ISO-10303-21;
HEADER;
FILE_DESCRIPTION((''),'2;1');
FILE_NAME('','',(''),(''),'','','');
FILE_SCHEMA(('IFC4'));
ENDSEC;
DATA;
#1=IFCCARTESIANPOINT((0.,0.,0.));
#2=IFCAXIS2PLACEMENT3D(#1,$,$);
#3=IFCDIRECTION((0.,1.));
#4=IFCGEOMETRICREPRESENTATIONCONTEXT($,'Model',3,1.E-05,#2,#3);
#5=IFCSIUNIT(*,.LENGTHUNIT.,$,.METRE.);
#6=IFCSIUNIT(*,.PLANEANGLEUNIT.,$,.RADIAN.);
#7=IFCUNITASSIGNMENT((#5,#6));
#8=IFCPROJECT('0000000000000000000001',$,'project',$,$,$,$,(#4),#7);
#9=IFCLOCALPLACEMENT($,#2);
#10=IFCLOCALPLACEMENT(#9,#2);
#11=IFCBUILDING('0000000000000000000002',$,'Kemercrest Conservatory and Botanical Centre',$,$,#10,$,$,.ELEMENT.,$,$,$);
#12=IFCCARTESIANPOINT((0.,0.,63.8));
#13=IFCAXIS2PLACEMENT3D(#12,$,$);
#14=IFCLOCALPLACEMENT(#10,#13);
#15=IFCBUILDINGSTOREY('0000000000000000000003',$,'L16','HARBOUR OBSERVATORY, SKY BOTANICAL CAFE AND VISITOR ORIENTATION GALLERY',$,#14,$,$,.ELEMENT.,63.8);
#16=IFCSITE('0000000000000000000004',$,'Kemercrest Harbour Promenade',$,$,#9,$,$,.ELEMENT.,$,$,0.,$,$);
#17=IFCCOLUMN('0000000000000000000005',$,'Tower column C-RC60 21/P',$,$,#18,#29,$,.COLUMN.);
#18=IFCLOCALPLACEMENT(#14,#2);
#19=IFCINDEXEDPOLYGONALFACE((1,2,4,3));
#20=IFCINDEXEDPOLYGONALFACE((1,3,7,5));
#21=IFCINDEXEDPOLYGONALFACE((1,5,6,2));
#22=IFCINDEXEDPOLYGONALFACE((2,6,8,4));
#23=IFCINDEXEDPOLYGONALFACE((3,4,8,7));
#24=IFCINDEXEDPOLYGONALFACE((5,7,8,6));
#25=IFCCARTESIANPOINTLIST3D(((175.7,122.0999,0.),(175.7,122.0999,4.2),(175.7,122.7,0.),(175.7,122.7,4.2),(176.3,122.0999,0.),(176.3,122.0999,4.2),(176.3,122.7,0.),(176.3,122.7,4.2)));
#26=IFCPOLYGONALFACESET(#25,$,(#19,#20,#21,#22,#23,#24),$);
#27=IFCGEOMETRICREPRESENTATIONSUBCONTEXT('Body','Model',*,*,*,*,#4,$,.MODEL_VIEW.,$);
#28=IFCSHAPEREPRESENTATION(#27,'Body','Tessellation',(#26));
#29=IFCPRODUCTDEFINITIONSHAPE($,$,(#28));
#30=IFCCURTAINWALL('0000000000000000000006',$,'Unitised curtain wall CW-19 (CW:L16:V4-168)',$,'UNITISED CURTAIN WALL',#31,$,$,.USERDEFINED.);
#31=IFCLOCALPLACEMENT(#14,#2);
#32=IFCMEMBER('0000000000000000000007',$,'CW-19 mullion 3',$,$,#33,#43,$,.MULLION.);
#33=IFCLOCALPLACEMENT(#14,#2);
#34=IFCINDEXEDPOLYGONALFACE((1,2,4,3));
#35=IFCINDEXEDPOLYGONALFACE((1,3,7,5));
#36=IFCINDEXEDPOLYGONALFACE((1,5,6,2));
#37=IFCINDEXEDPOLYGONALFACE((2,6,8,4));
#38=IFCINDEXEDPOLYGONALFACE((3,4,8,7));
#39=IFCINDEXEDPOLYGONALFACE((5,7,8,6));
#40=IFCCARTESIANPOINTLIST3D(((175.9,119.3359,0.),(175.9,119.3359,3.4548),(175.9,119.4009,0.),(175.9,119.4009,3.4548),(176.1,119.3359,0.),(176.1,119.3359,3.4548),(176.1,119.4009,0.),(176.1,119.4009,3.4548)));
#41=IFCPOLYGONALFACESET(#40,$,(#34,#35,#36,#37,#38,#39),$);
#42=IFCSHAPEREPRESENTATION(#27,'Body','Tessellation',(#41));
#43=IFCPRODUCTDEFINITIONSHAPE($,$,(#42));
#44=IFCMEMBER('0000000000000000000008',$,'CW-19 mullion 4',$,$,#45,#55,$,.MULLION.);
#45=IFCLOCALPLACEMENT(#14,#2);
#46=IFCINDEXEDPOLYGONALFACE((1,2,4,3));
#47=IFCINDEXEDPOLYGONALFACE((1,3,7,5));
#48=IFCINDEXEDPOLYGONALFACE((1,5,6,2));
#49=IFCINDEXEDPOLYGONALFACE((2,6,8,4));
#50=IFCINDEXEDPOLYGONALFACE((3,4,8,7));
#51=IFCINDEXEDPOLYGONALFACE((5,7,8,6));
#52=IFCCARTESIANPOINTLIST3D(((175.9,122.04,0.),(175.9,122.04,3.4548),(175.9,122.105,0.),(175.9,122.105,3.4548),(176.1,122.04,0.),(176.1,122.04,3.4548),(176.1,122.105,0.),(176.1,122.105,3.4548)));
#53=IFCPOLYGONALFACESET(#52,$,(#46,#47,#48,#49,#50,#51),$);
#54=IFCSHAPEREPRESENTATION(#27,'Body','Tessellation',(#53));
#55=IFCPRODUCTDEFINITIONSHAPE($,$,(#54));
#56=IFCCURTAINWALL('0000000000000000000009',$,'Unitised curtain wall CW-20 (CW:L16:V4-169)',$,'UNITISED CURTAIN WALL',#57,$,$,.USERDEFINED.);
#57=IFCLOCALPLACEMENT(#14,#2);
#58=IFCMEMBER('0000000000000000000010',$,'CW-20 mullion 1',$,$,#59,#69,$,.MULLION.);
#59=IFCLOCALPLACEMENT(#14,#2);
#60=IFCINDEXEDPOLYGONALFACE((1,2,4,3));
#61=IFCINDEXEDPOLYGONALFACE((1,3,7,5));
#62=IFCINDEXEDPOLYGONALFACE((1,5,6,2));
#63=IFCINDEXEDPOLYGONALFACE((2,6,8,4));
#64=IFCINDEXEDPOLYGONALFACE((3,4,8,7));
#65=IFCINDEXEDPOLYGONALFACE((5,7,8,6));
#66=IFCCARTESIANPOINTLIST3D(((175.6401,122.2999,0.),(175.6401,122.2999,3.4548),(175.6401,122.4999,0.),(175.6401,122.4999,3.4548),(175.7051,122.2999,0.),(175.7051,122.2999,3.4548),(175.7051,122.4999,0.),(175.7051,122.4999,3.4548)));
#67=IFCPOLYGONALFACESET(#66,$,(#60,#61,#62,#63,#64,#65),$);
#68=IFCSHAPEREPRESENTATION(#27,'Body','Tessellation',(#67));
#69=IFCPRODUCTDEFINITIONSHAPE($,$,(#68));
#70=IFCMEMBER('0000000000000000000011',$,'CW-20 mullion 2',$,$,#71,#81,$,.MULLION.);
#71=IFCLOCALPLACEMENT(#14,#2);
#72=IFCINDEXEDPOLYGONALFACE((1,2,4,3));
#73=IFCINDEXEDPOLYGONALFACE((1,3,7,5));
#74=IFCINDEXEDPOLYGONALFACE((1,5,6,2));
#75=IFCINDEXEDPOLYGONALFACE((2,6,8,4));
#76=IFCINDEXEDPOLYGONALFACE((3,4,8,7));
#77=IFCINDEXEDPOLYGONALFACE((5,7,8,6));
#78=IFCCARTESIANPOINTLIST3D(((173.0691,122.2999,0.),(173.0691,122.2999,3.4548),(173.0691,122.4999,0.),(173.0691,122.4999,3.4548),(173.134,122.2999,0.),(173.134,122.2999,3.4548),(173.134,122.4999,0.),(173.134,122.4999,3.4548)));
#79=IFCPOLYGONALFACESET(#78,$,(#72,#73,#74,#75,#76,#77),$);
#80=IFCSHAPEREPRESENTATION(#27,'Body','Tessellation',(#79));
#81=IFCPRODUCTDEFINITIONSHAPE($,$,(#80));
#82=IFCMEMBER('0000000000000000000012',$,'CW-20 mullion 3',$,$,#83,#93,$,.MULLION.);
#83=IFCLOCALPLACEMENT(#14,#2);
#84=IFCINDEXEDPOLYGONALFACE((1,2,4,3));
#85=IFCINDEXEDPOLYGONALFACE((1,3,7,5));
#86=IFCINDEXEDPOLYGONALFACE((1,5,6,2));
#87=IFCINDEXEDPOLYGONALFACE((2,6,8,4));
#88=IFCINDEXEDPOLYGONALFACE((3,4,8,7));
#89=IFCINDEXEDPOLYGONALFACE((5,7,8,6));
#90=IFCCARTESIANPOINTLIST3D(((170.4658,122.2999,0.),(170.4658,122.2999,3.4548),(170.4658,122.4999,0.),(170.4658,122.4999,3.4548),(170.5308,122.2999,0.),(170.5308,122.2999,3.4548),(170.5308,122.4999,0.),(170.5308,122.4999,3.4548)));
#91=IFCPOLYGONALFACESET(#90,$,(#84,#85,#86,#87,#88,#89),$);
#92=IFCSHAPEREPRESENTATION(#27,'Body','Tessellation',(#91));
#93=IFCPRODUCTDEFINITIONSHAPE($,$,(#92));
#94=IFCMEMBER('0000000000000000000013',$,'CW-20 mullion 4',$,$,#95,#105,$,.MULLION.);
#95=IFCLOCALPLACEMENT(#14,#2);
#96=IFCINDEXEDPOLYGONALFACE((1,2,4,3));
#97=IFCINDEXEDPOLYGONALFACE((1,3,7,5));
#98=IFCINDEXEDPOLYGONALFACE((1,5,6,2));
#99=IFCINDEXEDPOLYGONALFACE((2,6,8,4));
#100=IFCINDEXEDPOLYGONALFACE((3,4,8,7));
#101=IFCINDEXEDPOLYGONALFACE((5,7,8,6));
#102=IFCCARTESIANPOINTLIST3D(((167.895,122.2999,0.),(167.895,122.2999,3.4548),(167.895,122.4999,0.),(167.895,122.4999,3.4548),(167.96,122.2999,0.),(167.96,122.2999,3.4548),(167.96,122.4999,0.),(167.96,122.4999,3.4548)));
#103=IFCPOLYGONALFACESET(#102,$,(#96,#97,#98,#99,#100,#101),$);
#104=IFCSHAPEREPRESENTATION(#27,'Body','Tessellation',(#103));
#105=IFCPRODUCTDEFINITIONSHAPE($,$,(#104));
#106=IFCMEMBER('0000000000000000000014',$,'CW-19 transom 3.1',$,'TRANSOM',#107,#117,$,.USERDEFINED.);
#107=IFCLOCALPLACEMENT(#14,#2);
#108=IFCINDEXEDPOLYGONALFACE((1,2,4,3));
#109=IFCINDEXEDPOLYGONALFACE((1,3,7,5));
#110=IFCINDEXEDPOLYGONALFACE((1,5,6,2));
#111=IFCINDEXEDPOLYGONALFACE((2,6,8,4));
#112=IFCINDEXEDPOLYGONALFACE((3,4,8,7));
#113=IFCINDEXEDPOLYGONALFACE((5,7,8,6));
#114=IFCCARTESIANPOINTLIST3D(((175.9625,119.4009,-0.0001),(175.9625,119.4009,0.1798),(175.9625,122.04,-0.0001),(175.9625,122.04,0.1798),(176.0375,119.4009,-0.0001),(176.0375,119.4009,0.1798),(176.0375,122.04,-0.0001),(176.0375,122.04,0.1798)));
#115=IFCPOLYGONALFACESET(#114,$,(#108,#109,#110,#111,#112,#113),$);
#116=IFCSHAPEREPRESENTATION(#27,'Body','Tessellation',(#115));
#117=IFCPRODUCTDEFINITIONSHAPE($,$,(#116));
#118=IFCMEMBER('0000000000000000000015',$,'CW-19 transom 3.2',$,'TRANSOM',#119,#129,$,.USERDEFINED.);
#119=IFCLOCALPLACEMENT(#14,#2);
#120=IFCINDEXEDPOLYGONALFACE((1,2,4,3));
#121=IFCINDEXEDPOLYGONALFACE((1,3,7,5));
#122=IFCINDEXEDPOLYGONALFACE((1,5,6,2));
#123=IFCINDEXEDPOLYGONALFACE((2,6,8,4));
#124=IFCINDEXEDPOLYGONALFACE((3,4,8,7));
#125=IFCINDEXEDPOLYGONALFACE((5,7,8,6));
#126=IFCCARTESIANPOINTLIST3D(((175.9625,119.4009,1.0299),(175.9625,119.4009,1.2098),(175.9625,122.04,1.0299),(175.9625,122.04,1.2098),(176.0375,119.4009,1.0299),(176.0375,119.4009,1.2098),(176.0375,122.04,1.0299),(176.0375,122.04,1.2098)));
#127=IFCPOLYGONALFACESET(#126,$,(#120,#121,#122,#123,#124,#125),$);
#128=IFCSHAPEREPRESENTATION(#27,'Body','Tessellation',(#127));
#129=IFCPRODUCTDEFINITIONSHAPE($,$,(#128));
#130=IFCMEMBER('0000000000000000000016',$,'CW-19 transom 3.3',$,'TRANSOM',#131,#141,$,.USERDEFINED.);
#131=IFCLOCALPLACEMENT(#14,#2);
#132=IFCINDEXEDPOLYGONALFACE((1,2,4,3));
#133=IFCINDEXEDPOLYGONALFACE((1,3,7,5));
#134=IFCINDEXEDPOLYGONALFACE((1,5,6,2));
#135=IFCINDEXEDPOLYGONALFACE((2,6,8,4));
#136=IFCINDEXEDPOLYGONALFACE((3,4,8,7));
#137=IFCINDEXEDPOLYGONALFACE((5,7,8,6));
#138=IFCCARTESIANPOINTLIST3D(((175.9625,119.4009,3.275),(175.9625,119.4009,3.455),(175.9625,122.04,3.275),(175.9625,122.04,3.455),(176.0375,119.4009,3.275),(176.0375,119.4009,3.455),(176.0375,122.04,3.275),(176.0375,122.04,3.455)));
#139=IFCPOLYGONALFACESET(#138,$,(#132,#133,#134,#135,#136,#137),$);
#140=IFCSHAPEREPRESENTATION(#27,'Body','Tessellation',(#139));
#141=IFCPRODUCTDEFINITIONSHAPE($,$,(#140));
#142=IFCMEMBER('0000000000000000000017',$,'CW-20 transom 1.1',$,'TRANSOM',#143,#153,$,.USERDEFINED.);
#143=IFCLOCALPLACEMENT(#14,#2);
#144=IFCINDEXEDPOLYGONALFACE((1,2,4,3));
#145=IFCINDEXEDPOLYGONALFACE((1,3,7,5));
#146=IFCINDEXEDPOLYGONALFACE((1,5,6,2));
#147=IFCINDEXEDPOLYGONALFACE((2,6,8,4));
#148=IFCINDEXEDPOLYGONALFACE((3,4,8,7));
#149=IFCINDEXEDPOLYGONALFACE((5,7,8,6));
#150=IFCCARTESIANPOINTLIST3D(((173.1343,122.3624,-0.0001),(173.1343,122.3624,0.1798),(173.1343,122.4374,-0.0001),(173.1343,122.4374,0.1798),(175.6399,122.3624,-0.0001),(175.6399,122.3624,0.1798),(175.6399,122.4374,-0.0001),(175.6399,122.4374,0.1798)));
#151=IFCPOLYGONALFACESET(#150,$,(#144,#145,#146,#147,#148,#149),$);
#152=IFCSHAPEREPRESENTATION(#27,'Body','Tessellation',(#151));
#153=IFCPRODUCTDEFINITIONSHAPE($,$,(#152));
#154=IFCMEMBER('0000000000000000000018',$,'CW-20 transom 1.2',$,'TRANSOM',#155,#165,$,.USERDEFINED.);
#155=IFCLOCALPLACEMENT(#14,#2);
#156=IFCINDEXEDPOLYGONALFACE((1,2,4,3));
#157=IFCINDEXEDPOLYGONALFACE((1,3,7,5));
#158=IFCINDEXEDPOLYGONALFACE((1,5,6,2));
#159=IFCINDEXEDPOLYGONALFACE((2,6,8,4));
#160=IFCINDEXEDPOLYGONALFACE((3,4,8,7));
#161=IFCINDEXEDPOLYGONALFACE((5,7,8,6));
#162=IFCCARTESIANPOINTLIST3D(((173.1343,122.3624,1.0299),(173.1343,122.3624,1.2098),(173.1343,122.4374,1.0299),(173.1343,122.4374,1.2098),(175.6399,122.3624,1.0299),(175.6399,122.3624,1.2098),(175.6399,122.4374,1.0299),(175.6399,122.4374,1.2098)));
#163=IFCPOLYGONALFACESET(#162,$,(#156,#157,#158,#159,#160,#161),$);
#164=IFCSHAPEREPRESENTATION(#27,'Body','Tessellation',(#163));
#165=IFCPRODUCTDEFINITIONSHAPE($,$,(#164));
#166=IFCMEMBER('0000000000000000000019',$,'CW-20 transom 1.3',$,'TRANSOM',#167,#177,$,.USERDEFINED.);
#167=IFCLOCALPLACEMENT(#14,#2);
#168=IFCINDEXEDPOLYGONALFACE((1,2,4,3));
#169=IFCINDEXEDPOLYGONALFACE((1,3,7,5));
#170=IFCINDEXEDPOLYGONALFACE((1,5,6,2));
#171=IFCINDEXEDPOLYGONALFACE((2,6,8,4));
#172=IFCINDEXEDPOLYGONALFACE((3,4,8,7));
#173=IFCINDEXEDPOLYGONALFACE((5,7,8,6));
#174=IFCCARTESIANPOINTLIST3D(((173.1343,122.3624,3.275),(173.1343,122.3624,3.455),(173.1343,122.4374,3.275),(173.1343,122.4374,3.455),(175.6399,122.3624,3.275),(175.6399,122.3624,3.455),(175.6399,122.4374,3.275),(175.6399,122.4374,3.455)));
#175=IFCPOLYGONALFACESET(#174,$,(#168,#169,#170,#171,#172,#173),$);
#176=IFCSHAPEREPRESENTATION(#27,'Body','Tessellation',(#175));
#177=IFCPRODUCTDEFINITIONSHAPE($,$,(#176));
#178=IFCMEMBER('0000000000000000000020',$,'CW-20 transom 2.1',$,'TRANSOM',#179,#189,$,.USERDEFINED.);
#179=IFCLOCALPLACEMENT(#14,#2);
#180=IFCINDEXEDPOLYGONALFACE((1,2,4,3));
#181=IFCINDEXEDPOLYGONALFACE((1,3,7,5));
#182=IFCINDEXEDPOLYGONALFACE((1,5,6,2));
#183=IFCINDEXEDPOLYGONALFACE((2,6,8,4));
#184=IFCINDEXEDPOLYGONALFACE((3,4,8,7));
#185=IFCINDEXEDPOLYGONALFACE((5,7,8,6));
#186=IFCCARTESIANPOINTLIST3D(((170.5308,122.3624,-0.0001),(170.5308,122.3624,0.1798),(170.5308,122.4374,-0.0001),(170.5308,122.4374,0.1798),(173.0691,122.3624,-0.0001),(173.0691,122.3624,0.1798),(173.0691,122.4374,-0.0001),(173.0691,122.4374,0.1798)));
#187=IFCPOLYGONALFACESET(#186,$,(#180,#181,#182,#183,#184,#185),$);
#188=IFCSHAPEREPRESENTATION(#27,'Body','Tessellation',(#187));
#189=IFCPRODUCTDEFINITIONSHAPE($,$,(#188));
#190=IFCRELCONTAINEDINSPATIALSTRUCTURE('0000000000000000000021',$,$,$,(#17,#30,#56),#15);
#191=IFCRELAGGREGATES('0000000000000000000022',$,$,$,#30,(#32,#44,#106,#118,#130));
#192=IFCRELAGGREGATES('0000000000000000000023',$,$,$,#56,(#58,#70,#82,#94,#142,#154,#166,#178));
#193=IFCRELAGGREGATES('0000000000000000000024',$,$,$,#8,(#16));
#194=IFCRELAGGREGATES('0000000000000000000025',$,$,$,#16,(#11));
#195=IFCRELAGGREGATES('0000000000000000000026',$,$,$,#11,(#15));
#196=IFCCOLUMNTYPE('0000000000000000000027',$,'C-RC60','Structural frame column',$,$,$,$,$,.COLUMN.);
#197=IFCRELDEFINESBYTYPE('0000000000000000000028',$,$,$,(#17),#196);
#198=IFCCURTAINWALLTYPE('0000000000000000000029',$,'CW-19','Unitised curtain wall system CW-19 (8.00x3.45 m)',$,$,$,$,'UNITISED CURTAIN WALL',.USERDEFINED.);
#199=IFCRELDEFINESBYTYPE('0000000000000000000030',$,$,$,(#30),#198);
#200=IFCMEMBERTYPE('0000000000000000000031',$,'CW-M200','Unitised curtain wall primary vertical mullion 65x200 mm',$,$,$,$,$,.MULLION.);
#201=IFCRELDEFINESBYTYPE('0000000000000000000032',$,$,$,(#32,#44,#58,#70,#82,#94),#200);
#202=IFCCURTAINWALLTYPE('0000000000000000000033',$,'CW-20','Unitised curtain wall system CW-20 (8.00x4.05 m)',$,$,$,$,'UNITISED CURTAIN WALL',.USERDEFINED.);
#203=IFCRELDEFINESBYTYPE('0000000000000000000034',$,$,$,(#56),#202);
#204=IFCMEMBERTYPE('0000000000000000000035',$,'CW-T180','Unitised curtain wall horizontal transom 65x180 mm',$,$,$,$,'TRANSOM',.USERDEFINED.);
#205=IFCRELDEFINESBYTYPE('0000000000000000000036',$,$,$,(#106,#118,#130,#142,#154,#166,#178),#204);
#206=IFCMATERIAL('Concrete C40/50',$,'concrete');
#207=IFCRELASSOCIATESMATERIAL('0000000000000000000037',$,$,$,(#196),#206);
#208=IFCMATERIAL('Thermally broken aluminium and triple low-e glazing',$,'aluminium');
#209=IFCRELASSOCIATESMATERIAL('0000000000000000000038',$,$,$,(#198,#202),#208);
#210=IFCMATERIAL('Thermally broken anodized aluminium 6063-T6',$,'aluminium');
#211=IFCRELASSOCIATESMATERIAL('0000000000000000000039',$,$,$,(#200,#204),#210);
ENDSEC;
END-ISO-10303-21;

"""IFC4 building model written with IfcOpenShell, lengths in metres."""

from ifc_helpers import new_model, si_unit, direction, frame, origin, origin_2d, place, context, subcontext, project, spatial, rectangle, extrude, material, material_profile, profile_set, type_object, element, aggregate, save


model = new_model("IFC4")

# Units and contexts
model_context = context("Model", 3, precision=1e-05, world=origin(), true_north=direction((0.0, 1.0)))
body_context = subcontext(model_context, "Body", "Model", "MODEL_VIEW")
ifc_project = project(units=[si_unit("LENGTHUNIT", "METRE"), si_unit("PLANEANGLEUNIT", "RADIAN")], contexts=[model_context])

# Site, building, storey
site_placement = place(None, origin())
site = spatial("IfcSite", under=ifc_project, at=site_placement, Name="Kemercrest Harbour Promenade", CompositionType="ELEMENT", RefElevation=0.0)
building_placement = place(site_placement, origin())
building = spatial("IfcBuilding", under=site, at=building_placement, Name="Kemercrest Conservatory and Botanical Centre", CompositionType="ELEMENT")
storey_placement = place(building_placement, frame((0.0, 0.0, 63.8)))
storey = spatial("IfcBuildingStorey", under=building, at=storey_placement, Name="L16", Description="HARBOUR OBSERVATORY, SKY BOTANICAL CAFE AND VISITOR ORIENTATION GALLERY", CompositionType="ELEMENT", Elevation=63.8)

# Column
ifc_material_1 = material(Name="Concrete C40/50", Category="concrete")
ifc_material_profile_1 = material_profile(ifc_material_1, rectangle(XDim=0.6001, YDim=0.6001, at=origin_2d()), Name="RC 600x600")
ifc_profile_set_1 = profile_set([ifc_material_profile_1], Name="Concrete C40/50")
column_type = type_object("IfcColumnType", Name="C-RC60", Description="Structural frame column", PredefinedType="COLUMN", material=ifc_profile_set_1)
column_placement = place(storey_placement, frame((176.0, 122.3999, 0.0), z_axis=(0.0, 0.0, 1.0), x_axis=(1.0, 0.0, 0.0)))
element("IfcColumn", 1, at=column_placement, inside=storey, type_object=column_type, Name="Tower column C-RC60 21/P", PredefinedType="COLUMN", context=body_context, shape_type="SweptSolid", body=[
    extrude(rectangle(XDim=0.6001, YDim=0.6001, at=origin_2d()), origin(), (0.0, 0.0, 1.0), 4.2),
])

# Curtain walls, members
ifc_material_2 = material(Name="Thermally broken aluminium and triple low-e glazing", Category="aluminium")
curtain_wall_type_1 = type_object("IfcCurtainWallType", Name="CW-19", Description="Unitised curtain wall system CW-19 (8.00x3.45 m)", ElementType="UNITISED CURTAIN WALL", PredefinedType="USERDEFINED", material=ifc_material_2)
curtain_wall_1_placement = place(storey_placement, origin())
curtain_wall_1 = element("IfcCurtainWall", 2, at=curtain_wall_1_placement, inside=storey, type_object=curtain_wall_type_1, Name="Unitised curtain wall CW-19 (CW:L16:V4-168)", ObjectType="UNITISED CURTAIN WALL", PredefinedType="USERDEFINED")
ifc_material_3 = material(Name="Thermally broken anodized aluminium 6063-T6", Category="aluminium")
ifc_material_profile_2 = material_profile(ifc_material_3, rectangle(XDim=0.2, YDim=0.0649, at=origin_2d()), Name="AL MULLION 65x200")
ifc_profile_set_2 = profile_set([ifc_material_profile_2], Name="Thermally broken anodized aluminium 6063-T6")
member_type_1 = type_object("IfcMemberType", Name="CW-M200", Description="Unitised curtain wall primary vertical mullion 65x200 mm", PredefinedType="MULLION", material=ifc_profile_set_2)
member_1_placement = place(storey_placement, frame((176.0, 119.3684, 0.0), z_axis=(0.0, 0.0, 1.0), x_axis=(-1.0, 0.0, 0.0)))
member_1 = element("IfcMember", 3, at=member_1_placement, type_object=member_type_1, Name="CW-19 mullion 3", PredefinedType="MULLION", context=body_context, shape_type="SweptSolid", body=[
    extrude(rectangle(XDim=0.2, YDim=0.0649, at=origin_2d()), origin(), (0.0, 0.0, 1.0), 3.4548),
])
member_2_placement = place(storey_placement, frame((176.0, 122.0725, 0.0), z_axis=(0.0, 0.0, 1.0), x_axis=(-1.0, 0.0, 0.0)))
member_2 = element("IfcMember", 4, at=member_2_placement, type_object=member_type_1, Name="CW-19 mullion 4", PredefinedType="MULLION", context=body_context, shape_type="SweptSolid", body=[
    extrude(rectangle(XDim=0.2, YDim=0.0649, at=origin_2d()), origin(), (0.0, 0.0, 1.0), 3.4548),
])
curtain_wall_type_2 = type_object("IfcCurtainWallType", Name="CW-20", Description="Unitised curtain wall system CW-20 (8.00x4.05 m)", ElementType="UNITISED CURTAIN WALL", PredefinedType="USERDEFINED", material=ifc_material_2)
curtain_wall_2_placement = place(storey_placement, origin())
curtain_wall_2 = element("IfcCurtainWall", 5, at=curtain_wall_2_placement, inside=storey, type_object=curtain_wall_type_2, Name="Unitised curtain wall CW-20 (CW:L16:V4-169)", ObjectType="UNITISED CURTAIN WALL", PredefinedType="USERDEFINED")
member_3_placement = place(storey_placement, frame((175.6726, 122.3999, 0.0), z_axis=(0.0, 0.0, 1.0), x_axis=(0.0, -1.0, 0.0)))
member_3 = element("IfcMember", 6, at=member_3_placement, type_object=member_type_1, Name="CW-20 mullion 1", PredefinedType="MULLION", context=body_context, shape_type="SweptSolid", body=[
    extrude(rectangle(XDim=0.2, YDim=0.0649, at=origin_2d()), origin(), (0.0, 0.0, 1.0), 3.4548),
])
member_4_placement = place(storey_placement, frame((173.1016, 122.3999, 0.0), z_axis=(0.0, 0.0, 1.0), x_axis=(0.0, -1.0, 0.0)))
member_4 = element("IfcMember", 7, at=member_4_placement, type_object=member_type_1, Name="CW-20 mullion 2", PredefinedType="MULLION", context=body_context, shape_type="SweptSolid", body=[
    extrude(rectangle(XDim=0.2, YDim=0.0649, at=origin_2d()), origin(), (0.0, 0.0, 1.0), 3.4548),
])
member_5_placement = place(storey_placement, frame((170.4983, 122.3999, 0.0), z_axis=(0.0, 0.0, 1.0), x_axis=(0.0, -1.0, 0.0)))
member_5 = element("IfcMember", 8, at=member_5_placement, type_object=member_type_1, Name="CW-20 mullion 3", PredefinedType="MULLION", context=body_context, shape_type="SweptSolid", body=[
    extrude(rectangle(XDim=0.2, YDim=0.0649, at=origin_2d()), origin(), (0.0, 0.0, 1.0), 3.4548),
])
member_6_placement = place(storey_placement, frame((167.9275, 122.3999, 0.0), z_axis=(0.0, 0.0, 1.0), x_axis=(0.0, -1.0, 0.0)))
member_6 = element("IfcMember", 9, at=member_6_placement, type_object=member_type_1, Name="CW-20 mullion 4", PredefinedType="MULLION", context=body_context, shape_type="SweptSolid", body=[
    extrude(rectangle(XDim=0.2, YDim=0.0649, at=origin_2d()), origin(), (0.0, 0.0, 1.0), 3.4548),
])

# Members
ifc_material_profile_3 = material_profile(ifc_material_3, rectangle(XDim=0.075, YDim=0.1799, at=origin_2d()), Name="AL TRANSOM 75x180")
ifc_profile_set_3 = profile_set([ifc_material_profile_3], Name="Thermally broken anodized aluminium 6063-T6")
member_type_2 = type_object("IfcMemberType", Name="CW-T180", Description="Unitised curtain wall horizontal transom 65x180 mm", ElementType="TRANSOM", PredefinedType="USERDEFINED", material=ifc_profile_set_3)
member_7_placement = place(storey_placement, frame((176.0, 119.4009, 0.0898), z_axis=(0.0, 1.0, 0.0), x_axis=(-1.0, 0.0, 0.0)))
member_7 = element("IfcMember", 10, at=member_7_placement, type_object=member_type_2, Name="CW-19 transom 3.1", ObjectType="TRANSOM", PredefinedType="USERDEFINED", context=body_context, shape_type="SweptSolid", body=[
    extrude(rectangle(XDim=0.075, YDim=0.1799, at=origin_2d()), origin(), (0.0, 0.0, 1.0), 2.6392),
])
member_8_placement = place(storey_placement, frame((176.0, 119.4009, 1.1199), z_axis=(0.0, 1.0, 0.0), x_axis=(-1.0, 0.0, 0.0)))
member_8 = element("IfcMember", 11, at=member_8_placement, type_object=member_type_2, Name="CW-19 transom 3.2", ObjectType="TRANSOM", PredefinedType="USERDEFINED", context=body_context, shape_type="SweptSolid", body=[
    extrude(rectangle(XDim=0.075, YDim=0.1799, at=origin_2d()), origin(), (0.0, 0.0, 1.0), 2.6392),
])
member_9_placement = place(storey_placement, frame((176.0, 119.4009, 3.365), z_axis=(0.0, 1.0, 0.0), x_axis=(-1.0, 0.0, 0.0)))
member_9 = element("IfcMember", 12, at=member_9_placement, type_object=member_type_2, Name="CW-19 transom 3.3", ObjectType="TRANSOM", PredefinedType="USERDEFINED", context=body_context, shape_type="SweptSolid", body=[
    extrude(rectangle(XDim=0.075, YDim=0.1799, at=origin_2d()), origin(), (0.0, 0.0, 1.0), 2.6392),
])
member_10_placement = place(storey_placement, frame((175.6399, 122.3999, 0.0898), z_axis=(-1.0, 0.0, 0.0), x_axis=(0.0, -1.0, 0.0)))
member_10 = element("IfcMember", 13, at=member_10_placement, type_object=member_type_2, Name="CW-20 transom 1.1", ObjectType="TRANSOM", PredefinedType="USERDEFINED", context=body_context, shape_type="SweptSolid", body=[
    extrude(rectangle(XDim=0.075, YDim=0.1799, at=origin_2d()), origin(), (0.0, 0.0, 1.0), 2.5056),
])
member_11_placement = place(storey_placement, frame((175.6399, 122.3999, 1.1199), z_axis=(-1.0, 0.0, 0.0), x_axis=(0.0, -1.0, 0.0)))
member_11 = element("IfcMember", 14, at=member_11_placement, type_object=member_type_2, Name="CW-20 transom 1.2", ObjectType="TRANSOM", PredefinedType="USERDEFINED", context=body_context, shape_type="SweptSolid", body=[
    extrude(rectangle(XDim=0.075, YDim=0.1799, at=origin_2d()), origin(), (0.0, 0.0, 1.0), 2.5056),
])
member_12_placement = place(storey_placement, frame((175.6399, 122.3999, 3.365), z_axis=(-1.0, 0.0, 0.0), x_axis=(0.0, -1.0, 0.0)))
member_12 = element("IfcMember", 15, at=member_12_placement, type_object=member_type_2, Name="CW-20 transom 1.3", ObjectType="TRANSOM", PredefinedType="USERDEFINED", context=body_context, shape_type="SweptSolid", body=[
    extrude(rectangle(XDim=0.075, YDim=0.1799, at=origin_2d()), origin(), (0.0, 0.0, 1.0), 2.5056),
])
member_13_placement = place(storey_placement, frame((173.0691, 122.3999, 0.0898), z_axis=(-1.0, 0.0, 0.0), x_axis=(0.0, -1.0, 0.0)))
member_13 = element("IfcMember", 16, at=member_13_placement, type_object=member_type_2, Name="CW-20 transom 2.1", ObjectType="TRANSOM", PredefinedType="USERDEFINED", context=body_context, shape_type="SweptSolid", body=[
    extrude(rectangle(XDim=0.075, YDim=0.1799, at=origin_2d()), origin(), (0.0, 0.0, 1.0), 2.5383),
])

aggregate(curtain_wall_1, [member_1, member_2, member_7, member_8, member_9])
aggregate(curtain_wall_2, [member_3, member_4, member_5, member_6, member_10, member_11, member_12, member_13])

save(model, "model.ifc")
